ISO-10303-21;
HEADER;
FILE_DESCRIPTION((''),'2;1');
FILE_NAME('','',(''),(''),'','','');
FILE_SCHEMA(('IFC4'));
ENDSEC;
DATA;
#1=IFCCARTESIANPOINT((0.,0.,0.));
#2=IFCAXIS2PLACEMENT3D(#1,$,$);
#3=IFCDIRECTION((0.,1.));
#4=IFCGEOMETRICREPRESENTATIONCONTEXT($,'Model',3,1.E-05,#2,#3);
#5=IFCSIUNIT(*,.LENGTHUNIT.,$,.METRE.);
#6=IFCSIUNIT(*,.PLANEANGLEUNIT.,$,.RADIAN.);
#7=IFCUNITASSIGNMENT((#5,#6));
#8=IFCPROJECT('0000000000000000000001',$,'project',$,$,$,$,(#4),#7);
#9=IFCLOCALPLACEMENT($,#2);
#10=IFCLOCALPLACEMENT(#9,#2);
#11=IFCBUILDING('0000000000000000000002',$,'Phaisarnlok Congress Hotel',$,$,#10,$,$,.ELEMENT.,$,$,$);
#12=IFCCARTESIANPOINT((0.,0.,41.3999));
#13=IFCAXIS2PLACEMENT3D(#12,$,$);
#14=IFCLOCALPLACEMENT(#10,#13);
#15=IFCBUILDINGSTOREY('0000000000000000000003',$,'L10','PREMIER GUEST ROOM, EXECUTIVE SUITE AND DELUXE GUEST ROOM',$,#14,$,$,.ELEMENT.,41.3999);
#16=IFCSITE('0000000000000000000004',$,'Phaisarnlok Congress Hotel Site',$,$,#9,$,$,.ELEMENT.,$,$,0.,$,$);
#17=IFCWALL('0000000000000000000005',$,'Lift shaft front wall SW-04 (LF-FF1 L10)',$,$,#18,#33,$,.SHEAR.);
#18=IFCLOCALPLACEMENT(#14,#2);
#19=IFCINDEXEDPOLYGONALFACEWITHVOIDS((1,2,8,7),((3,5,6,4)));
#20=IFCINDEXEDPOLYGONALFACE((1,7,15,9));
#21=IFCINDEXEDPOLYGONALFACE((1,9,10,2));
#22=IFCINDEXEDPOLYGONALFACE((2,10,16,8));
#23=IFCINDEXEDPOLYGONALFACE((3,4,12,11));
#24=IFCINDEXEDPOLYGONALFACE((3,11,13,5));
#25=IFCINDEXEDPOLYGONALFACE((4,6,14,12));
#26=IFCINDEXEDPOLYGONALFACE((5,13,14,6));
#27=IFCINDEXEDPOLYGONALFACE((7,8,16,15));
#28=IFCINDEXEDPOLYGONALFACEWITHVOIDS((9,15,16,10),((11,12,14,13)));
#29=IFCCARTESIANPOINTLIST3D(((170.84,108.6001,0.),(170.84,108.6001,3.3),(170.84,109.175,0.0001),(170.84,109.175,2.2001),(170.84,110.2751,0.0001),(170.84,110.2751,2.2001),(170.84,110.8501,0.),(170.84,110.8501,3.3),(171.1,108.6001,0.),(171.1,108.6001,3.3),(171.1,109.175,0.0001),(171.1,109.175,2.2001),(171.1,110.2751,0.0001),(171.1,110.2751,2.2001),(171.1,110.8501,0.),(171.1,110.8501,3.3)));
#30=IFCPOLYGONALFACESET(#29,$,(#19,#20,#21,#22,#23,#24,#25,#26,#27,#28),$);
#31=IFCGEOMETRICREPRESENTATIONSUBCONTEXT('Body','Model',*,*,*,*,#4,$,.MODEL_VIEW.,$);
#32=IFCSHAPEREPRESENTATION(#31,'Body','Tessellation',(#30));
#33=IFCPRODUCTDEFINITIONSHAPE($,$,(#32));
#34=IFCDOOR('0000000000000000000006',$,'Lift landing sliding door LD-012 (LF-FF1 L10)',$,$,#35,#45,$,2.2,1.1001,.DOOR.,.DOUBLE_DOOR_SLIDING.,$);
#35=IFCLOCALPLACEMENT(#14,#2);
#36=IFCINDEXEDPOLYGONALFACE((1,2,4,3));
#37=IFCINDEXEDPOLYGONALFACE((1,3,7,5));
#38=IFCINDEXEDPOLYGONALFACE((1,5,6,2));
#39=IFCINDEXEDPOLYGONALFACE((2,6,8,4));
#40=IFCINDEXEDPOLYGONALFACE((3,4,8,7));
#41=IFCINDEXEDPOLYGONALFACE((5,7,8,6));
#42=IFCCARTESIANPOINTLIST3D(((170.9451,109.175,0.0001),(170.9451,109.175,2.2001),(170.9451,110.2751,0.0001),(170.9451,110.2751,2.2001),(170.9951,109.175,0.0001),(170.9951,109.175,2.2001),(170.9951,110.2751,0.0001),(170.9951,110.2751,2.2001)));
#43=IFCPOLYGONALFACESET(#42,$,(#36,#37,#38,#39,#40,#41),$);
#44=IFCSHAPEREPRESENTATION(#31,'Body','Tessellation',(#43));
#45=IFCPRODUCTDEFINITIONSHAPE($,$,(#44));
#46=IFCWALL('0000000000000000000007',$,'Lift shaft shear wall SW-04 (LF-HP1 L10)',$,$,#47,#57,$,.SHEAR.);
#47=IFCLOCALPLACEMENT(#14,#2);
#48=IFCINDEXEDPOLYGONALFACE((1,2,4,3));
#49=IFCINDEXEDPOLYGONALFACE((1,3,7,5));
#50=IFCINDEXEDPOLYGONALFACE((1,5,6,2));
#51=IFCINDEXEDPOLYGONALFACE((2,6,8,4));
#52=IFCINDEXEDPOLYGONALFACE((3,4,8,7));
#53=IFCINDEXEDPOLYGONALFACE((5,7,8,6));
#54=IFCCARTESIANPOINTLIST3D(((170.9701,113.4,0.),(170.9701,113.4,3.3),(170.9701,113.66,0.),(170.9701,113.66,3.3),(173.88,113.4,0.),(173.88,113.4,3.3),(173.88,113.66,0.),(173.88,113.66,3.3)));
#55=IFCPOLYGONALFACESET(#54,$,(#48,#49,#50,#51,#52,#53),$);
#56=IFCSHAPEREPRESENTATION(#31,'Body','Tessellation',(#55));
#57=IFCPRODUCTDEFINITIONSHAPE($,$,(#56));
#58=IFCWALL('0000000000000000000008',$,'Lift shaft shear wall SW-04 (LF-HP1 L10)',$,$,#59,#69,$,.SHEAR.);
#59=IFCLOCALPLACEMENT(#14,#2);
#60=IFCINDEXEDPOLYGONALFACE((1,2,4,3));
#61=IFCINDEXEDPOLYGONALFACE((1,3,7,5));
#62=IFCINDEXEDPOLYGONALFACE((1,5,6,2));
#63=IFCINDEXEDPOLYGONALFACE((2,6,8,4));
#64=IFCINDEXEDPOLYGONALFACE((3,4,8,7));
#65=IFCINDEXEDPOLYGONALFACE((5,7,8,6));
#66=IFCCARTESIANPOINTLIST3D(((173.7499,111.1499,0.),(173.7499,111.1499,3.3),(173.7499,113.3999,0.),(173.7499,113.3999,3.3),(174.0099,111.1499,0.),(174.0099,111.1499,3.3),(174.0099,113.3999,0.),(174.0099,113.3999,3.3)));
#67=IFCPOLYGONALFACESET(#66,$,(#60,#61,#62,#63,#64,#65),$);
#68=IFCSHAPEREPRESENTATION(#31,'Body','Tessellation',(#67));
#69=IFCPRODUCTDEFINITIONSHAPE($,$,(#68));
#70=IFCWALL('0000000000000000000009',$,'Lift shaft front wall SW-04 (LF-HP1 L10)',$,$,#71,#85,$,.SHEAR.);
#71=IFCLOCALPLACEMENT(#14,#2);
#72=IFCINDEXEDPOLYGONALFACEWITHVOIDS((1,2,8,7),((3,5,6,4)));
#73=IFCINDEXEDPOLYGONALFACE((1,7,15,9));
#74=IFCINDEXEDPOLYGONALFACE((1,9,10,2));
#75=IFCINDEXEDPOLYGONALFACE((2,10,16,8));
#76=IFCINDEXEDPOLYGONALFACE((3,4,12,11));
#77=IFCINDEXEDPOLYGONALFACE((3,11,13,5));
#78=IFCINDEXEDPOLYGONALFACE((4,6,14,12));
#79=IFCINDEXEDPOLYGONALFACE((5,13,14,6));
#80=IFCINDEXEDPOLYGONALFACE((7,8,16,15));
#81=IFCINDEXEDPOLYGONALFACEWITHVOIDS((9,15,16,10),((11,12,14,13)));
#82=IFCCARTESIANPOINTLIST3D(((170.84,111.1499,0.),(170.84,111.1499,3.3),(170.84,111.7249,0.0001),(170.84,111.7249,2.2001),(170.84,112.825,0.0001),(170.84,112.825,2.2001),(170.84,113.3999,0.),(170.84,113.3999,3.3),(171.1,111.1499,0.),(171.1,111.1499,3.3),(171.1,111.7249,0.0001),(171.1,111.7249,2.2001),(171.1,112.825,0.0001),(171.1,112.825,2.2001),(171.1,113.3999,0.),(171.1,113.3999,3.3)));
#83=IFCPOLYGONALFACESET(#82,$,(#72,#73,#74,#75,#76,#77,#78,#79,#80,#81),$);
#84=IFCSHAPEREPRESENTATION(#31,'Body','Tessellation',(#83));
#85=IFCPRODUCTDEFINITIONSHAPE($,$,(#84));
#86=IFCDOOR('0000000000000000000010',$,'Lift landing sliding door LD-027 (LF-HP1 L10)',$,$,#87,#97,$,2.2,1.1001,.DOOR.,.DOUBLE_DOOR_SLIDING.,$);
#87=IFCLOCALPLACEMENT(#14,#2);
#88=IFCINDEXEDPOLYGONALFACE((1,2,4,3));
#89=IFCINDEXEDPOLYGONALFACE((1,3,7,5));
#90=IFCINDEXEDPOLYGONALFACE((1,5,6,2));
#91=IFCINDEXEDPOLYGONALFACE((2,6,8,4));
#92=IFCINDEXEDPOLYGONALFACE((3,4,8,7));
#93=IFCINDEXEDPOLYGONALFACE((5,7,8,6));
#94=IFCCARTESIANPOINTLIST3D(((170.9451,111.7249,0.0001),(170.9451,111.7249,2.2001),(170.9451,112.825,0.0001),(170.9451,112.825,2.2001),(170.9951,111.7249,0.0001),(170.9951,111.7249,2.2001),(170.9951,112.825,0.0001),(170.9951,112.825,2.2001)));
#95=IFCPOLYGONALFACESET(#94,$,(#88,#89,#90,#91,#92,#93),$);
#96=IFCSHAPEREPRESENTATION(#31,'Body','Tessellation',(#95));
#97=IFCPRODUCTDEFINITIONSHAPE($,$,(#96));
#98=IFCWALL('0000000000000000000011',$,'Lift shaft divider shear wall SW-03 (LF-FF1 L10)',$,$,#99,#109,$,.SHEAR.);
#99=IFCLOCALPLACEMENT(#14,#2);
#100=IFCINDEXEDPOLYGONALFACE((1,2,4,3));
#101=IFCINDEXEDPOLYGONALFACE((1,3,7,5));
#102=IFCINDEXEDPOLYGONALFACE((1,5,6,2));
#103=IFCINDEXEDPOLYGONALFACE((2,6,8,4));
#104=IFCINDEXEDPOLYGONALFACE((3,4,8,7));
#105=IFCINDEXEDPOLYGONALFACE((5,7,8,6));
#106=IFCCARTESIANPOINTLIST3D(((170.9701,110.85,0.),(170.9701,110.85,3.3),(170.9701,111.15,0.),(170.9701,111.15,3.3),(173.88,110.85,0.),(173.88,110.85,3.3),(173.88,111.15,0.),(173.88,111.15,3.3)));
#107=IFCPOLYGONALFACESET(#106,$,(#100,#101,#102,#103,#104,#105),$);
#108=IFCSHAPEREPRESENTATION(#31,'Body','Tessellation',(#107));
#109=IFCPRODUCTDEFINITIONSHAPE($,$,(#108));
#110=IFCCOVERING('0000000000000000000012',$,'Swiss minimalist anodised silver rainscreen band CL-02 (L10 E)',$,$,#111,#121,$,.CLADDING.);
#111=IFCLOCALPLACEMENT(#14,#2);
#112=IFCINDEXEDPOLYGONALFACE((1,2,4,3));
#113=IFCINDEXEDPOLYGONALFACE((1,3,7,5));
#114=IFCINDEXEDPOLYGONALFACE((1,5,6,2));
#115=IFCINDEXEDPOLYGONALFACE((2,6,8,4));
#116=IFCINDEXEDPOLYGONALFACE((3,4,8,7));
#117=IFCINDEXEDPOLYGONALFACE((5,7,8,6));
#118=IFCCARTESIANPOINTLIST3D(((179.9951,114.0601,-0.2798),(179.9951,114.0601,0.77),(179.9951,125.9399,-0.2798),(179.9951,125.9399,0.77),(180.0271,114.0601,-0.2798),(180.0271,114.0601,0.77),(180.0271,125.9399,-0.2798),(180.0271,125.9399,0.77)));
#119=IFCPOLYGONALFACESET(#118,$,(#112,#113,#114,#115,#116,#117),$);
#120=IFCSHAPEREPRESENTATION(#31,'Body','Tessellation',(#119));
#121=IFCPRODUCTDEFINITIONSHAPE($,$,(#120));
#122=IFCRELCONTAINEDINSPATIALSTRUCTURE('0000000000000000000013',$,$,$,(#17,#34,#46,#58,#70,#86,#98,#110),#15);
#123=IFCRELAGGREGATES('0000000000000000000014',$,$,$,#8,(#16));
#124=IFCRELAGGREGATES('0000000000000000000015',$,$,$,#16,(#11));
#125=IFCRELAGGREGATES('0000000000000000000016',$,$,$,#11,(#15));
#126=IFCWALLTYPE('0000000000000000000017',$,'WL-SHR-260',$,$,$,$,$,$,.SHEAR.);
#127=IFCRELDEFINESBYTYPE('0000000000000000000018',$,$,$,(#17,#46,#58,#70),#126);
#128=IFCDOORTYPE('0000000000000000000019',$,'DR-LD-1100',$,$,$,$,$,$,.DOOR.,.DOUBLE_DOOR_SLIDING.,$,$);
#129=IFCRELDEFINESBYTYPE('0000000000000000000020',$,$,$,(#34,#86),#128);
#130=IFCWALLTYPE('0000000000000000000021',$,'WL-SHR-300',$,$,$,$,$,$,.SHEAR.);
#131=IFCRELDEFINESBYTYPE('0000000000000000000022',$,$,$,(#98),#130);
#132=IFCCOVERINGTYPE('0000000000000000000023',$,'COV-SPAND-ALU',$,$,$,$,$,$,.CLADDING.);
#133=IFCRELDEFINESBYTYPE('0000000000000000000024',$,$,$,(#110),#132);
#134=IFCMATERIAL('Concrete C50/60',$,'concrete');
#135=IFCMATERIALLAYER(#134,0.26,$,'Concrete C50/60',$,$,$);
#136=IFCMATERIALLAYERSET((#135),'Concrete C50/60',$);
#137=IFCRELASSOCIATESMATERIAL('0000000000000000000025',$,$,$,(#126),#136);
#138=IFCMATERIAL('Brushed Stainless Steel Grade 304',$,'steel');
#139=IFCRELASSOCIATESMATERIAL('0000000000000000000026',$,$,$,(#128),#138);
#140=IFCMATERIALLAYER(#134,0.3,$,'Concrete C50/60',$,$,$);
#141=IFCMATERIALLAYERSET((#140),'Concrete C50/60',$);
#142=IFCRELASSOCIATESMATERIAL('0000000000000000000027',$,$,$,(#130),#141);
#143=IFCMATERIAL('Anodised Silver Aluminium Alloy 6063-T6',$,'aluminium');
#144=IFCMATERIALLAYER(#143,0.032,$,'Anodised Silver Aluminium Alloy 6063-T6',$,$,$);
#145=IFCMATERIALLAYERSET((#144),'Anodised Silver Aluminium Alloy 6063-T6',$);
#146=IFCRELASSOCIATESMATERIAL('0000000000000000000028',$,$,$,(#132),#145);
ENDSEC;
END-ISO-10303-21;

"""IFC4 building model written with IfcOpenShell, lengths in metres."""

from ifc_helpers import new_model, si_unit, direction, frame, frame_2d, origin, place, context, subcontext, project, spatial, polyline, rectangle, outline, extrude, material, layer, layer_set, type_object, element, fill, save


model = new_model("IFC4")

# Units and contexts
model_context = context("Model", 3, precision=1e-05, world=origin(), true_north=direction((0.0, 1.0)))
body_context = subcontext(model_context, "Body", "Model", "MODEL_VIEW")
ifc_project = project(units=[si_unit("LENGTHUNIT", "METRE"), si_unit("PLANEANGLEUNIT", "RADIAN")], contexts=[model_context])

# Site, building, storey
site_placement = place(None, origin())
site = spatial("IfcSite", under=ifc_project, at=site_placement, Name="Phaisarnlok Congress Hotel Site", CompositionType="ELEMENT", RefElevation=0.0)
building_placement = place(site_placement, origin())
building = spatial("IfcBuilding", under=site, at=building_placement, Name="Phaisarnlok Congress Hotel", CompositionType="ELEMENT")
storey_placement = place(building_placement, frame((0.0, 0.0, 41.3999)))
storey = spatial("IfcBuildingStorey", under=building, at=storey_placement, Name="L10", Description="PREMIER GUEST ROOM, EXECUTIVE SUITE AND DELUXE GUEST ROOM", CompositionType="ELEMENT", Elevation=41.3999)

# Shared definitions
ifc_material_1 = material(Name="Concrete C50/60", Category="concrete")

# Shared definitions
ifc_layer_1 = layer(ifc_material_1, 0.26, Name="Concrete C50/60")
ifc_layer_set_1 = layer_set([ifc_layer_1], Name="Concrete C50/60")
wall_type_1 = type_object("IfcWallType", Name="WL-SHR-260", PredefinedType="SHEAR", material=ifc_layer_set_1)

# Wall, opening, door
wall_1_placement = place(storey_placement, frame((170.97, 108.6001, 0.0), z_axis=(0.0, 0.0, 1.0), x_axis=(0.0, 1.0, 0.0)))
wall_1 = element("IfcWall", 1, at=wall_1_placement, inside=storey, type_object=wall_type_1, Name="Lift shaft front wall SW-04 (LF-FF1 L10)", PredefinedType="SHEAR", context=body_context, shape_type="SweptSolid", body=[
    extrude(rectangle(XDim=2.25, YDim=0.26, at=frame_2d((1.125, 0.0))), origin(), (0.0, 0.0, 1.0), 3.3),
])
opening_1_placement = place(wall_1_placement, frame((0.575, 0.0, 0.0)))
opening_1 = element("IfcOpeningElement", 2, at=opening_1_placement, cuts=wall_1, PredefinedType="OPENING", context=body_context, shape_type="SweptSolid", body=[
    extrude(rectangle(XDim=1.1001, YDim=2.2, at=frame_2d((0.55, 1.1001))), frame((0.0, 0.1401, 0.0), z_axis=(0.0, -1.0, 0.0), x_axis=(1.0, 0.0, 0.0)), (0.0, 0.0, 1.0), 0.28),
])
ifc_material_2 = material(Name="Brushed Stainless Steel Grade 304", Category="steel")
door_type = type_object("IfcDoorType", Name="DR-LD-1100", OperationType="DOUBLE_DOOR_SLIDING", PredefinedType="DOOR", material=ifc_material_2)
door_1_placement = place(opening_1_placement, origin())
door_1 = element("IfcDoor", 3, at=door_1_placement, inside=storey, type_object=door_type, Name="Lift landing sliding door LD-012 (LF-FF1 L10)", OperationType="DOUBLE_DOOR_SLIDING", OverallHeight=2.2, OverallWidth=1.1001, PredefinedType="DOOR", context=body_context, shape_type="SweptSolid", body=[
    extrude(rectangle(XDim=1.1001, YDim=2.2, at=frame_2d((0.55, 1.1001))), frame((0.0, 0.0249, 0.0), z_axis=(0.0, -1.0, 0.0), x_axis=(1.0, 0.0, 0.0)), (0.0, 0.0, 1.0), 0.05),
])
fill(opening_1, door_1)

# Walls
wall_2_placement = place(storey_placement, frame((170.97, 113.53, 0.0), z_axis=(0.0, 0.0, 1.0), x_axis=(1.0, 0.0, 0.0)))
element("IfcWall", 4, at=wall_2_placement, inside=storey, type_object=wall_type_1, Name="Lift shaft shear wall SW-04 (LF-HP1 L10)", PredefinedType="SHEAR", context=body_context, shape_type="SweptSolid", body=[
    extrude(rectangle(XDim=2.9099, YDim=0.26, at=frame_2d((1.4551, 0.0))), origin(), (0.0, 0.0, 1.0), 3.3),
])
wall_3_placement = place(storey_placement, frame((173.8799, 111.1499, 0.0), z_axis=(0.0, 0.0, 1.0), x_axis=(0.0, 1.0, 0.0)))
element("IfcWall", 5, at=wall_3_placement, inside=storey, type_object=wall_type_1, Name="Lift shaft shear wall SW-04 (LF-HP1 L10)", PredefinedType="SHEAR", context=body_context, shape_type="SweptSolid", body=[
    extrude(rectangle(XDim=2.25, YDim=0.26, at=frame_2d((1.125, 0.0))), origin(), (0.0, 0.0, 1.0), 3.3),
])

# Wall, opening, door
wall_4_placement = place(storey_placement, frame((170.97, 111.1499, 0.0), z_axis=(0.0, 0.0, 1.0), x_axis=(0.0, 1.0, 0.0)))
wall_4 = element("IfcWall", 6, at=wall_4_placement, inside=storey, type_object=wall_type_1, Name="Lift shaft front wall SW-04 (LF-HP1 L10)", PredefinedType="SHEAR", context=body_context, shape_type="SweptSolid", body=[
    extrude(rectangle(XDim=2.25, YDim=0.26, at=frame_2d((1.125, 0.0))), origin(), (0.0, 0.0, 1.0), 3.3),
])
opening_2_placement = place(wall_4_placement, frame((0.575, 0.0, 0.0)))
opening_2 = element("IfcOpeningElement", 7, at=opening_2_placement, cuts=wall_4, PredefinedType="OPENING", context=body_context, shape_type="SweptSolid", body=[
    extrude(rectangle(XDim=1.1001, YDim=2.2, at=frame_2d((0.55, 1.1001))), frame((0.0, 0.1401, 0.0), z_axis=(0.0, -1.0, 0.0), x_axis=(1.0, 0.0, 0.0)), (0.0, 0.0, 1.0), 0.28),
])
door_2_placement = place(opening_2_placement, origin())
door_2 = element("IfcDoor", 8, at=door_2_placement, inside=storey, type_object=door_type, Name="Lift landing sliding door LD-027 (LF-HP1 L10)", OperationType="DOUBLE_DOOR_SLIDING", OverallHeight=2.2, OverallWidth=1.1001, PredefinedType="DOOR", context=body_context, shape_type="SweptSolid", body=[
    extrude(rectangle(XDim=1.1001, YDim=2.2, at=frame_2d((0.55, 1.1001))), frame((0.0, 0.0249, 0.0), z_axis=(0.0, -1.0, 0.0), x_axis=(1.0, 0.0, 0.0)), (0.0, 0.0, 1.0), 0.05),
])
fill(opening_2, door_2)

# Wall
ifc_layer_2 = layer(ifc_material_1, 0.3, Name="Concrete C50/60")
ifc_layer_set_2 = layer_set([ifc_layer_2], Name="Concrete C50/60")
wall_type_2 = type_object("IfcWallType", Name="WL-SHR-300", PredefinedType="SHEAR", material=ifc_layer_set_2)
wall_5_placement = place(storey_placement, frame((170.97, 111.0, 0.0), z_axis=(0.0, 0.0, 1.0), x_axis=(1.0, 0.0, 0.0)))
element("IfcWall", 9, at=wall_5_placement, inside=storey, type_object=wall_type_2, Name="Lift shaft divider shear wall SW-03 (LF-FF1 L10)", PredefinedType="SHEAR", context=body_context, shape_type="SweptSolid", body=[
    extrude(rectangle(XDim=2.9099, YDim=0.3, at=frame_2d((1.4551, 0.0))), origin(), (0.0, 0.0, 1.0), 3.3),
])

# Covering
ifc_material_3 = material(Name="Anodised Silver Aluminium Alloy 6063-T6", Category="aluminium")
ifc_layer_3 = layer(ifc_material_3, 0.032, Name="Anodised Silver Aluminium Alloy 6063-T6")
ifc_layer_set_3 = layer_set([ifc_layer_3], Name="Anodised Silver Aluminium Alloy 6063-T6")
covering_type = type_object("IfcCoveringType", Name="COV-SPAND-ALU", PredefinedType="CLADDING", material=ifc_layer_set_3)
covering_placement = place(storey_placement, frame((179.9951, 114.0601, -0.2798), z_axis=(1.0, 0.0, 0.0), x_axis=(0.0, 1.0, 0.0)))
element("IfcCovering", 10, at=covering_placement, inside=storey, type_object=covering_type, Name="Swiss minimalist anodised silver rainscreen band CL-02 (L10 E)", PredefinedType="CLADDING", context=body_context, shape_type="SweptSolid", body=[
    extrude(outline(polyline([(0.0, 0.0), (11.8799, 0.0), (11.8799, 1.0498), (0.0, 1.0498), (0.0, 0.0)])), origin(), (0.0, 0.0, 1.0), 0.032),
])

save(model, "model.ifc")
